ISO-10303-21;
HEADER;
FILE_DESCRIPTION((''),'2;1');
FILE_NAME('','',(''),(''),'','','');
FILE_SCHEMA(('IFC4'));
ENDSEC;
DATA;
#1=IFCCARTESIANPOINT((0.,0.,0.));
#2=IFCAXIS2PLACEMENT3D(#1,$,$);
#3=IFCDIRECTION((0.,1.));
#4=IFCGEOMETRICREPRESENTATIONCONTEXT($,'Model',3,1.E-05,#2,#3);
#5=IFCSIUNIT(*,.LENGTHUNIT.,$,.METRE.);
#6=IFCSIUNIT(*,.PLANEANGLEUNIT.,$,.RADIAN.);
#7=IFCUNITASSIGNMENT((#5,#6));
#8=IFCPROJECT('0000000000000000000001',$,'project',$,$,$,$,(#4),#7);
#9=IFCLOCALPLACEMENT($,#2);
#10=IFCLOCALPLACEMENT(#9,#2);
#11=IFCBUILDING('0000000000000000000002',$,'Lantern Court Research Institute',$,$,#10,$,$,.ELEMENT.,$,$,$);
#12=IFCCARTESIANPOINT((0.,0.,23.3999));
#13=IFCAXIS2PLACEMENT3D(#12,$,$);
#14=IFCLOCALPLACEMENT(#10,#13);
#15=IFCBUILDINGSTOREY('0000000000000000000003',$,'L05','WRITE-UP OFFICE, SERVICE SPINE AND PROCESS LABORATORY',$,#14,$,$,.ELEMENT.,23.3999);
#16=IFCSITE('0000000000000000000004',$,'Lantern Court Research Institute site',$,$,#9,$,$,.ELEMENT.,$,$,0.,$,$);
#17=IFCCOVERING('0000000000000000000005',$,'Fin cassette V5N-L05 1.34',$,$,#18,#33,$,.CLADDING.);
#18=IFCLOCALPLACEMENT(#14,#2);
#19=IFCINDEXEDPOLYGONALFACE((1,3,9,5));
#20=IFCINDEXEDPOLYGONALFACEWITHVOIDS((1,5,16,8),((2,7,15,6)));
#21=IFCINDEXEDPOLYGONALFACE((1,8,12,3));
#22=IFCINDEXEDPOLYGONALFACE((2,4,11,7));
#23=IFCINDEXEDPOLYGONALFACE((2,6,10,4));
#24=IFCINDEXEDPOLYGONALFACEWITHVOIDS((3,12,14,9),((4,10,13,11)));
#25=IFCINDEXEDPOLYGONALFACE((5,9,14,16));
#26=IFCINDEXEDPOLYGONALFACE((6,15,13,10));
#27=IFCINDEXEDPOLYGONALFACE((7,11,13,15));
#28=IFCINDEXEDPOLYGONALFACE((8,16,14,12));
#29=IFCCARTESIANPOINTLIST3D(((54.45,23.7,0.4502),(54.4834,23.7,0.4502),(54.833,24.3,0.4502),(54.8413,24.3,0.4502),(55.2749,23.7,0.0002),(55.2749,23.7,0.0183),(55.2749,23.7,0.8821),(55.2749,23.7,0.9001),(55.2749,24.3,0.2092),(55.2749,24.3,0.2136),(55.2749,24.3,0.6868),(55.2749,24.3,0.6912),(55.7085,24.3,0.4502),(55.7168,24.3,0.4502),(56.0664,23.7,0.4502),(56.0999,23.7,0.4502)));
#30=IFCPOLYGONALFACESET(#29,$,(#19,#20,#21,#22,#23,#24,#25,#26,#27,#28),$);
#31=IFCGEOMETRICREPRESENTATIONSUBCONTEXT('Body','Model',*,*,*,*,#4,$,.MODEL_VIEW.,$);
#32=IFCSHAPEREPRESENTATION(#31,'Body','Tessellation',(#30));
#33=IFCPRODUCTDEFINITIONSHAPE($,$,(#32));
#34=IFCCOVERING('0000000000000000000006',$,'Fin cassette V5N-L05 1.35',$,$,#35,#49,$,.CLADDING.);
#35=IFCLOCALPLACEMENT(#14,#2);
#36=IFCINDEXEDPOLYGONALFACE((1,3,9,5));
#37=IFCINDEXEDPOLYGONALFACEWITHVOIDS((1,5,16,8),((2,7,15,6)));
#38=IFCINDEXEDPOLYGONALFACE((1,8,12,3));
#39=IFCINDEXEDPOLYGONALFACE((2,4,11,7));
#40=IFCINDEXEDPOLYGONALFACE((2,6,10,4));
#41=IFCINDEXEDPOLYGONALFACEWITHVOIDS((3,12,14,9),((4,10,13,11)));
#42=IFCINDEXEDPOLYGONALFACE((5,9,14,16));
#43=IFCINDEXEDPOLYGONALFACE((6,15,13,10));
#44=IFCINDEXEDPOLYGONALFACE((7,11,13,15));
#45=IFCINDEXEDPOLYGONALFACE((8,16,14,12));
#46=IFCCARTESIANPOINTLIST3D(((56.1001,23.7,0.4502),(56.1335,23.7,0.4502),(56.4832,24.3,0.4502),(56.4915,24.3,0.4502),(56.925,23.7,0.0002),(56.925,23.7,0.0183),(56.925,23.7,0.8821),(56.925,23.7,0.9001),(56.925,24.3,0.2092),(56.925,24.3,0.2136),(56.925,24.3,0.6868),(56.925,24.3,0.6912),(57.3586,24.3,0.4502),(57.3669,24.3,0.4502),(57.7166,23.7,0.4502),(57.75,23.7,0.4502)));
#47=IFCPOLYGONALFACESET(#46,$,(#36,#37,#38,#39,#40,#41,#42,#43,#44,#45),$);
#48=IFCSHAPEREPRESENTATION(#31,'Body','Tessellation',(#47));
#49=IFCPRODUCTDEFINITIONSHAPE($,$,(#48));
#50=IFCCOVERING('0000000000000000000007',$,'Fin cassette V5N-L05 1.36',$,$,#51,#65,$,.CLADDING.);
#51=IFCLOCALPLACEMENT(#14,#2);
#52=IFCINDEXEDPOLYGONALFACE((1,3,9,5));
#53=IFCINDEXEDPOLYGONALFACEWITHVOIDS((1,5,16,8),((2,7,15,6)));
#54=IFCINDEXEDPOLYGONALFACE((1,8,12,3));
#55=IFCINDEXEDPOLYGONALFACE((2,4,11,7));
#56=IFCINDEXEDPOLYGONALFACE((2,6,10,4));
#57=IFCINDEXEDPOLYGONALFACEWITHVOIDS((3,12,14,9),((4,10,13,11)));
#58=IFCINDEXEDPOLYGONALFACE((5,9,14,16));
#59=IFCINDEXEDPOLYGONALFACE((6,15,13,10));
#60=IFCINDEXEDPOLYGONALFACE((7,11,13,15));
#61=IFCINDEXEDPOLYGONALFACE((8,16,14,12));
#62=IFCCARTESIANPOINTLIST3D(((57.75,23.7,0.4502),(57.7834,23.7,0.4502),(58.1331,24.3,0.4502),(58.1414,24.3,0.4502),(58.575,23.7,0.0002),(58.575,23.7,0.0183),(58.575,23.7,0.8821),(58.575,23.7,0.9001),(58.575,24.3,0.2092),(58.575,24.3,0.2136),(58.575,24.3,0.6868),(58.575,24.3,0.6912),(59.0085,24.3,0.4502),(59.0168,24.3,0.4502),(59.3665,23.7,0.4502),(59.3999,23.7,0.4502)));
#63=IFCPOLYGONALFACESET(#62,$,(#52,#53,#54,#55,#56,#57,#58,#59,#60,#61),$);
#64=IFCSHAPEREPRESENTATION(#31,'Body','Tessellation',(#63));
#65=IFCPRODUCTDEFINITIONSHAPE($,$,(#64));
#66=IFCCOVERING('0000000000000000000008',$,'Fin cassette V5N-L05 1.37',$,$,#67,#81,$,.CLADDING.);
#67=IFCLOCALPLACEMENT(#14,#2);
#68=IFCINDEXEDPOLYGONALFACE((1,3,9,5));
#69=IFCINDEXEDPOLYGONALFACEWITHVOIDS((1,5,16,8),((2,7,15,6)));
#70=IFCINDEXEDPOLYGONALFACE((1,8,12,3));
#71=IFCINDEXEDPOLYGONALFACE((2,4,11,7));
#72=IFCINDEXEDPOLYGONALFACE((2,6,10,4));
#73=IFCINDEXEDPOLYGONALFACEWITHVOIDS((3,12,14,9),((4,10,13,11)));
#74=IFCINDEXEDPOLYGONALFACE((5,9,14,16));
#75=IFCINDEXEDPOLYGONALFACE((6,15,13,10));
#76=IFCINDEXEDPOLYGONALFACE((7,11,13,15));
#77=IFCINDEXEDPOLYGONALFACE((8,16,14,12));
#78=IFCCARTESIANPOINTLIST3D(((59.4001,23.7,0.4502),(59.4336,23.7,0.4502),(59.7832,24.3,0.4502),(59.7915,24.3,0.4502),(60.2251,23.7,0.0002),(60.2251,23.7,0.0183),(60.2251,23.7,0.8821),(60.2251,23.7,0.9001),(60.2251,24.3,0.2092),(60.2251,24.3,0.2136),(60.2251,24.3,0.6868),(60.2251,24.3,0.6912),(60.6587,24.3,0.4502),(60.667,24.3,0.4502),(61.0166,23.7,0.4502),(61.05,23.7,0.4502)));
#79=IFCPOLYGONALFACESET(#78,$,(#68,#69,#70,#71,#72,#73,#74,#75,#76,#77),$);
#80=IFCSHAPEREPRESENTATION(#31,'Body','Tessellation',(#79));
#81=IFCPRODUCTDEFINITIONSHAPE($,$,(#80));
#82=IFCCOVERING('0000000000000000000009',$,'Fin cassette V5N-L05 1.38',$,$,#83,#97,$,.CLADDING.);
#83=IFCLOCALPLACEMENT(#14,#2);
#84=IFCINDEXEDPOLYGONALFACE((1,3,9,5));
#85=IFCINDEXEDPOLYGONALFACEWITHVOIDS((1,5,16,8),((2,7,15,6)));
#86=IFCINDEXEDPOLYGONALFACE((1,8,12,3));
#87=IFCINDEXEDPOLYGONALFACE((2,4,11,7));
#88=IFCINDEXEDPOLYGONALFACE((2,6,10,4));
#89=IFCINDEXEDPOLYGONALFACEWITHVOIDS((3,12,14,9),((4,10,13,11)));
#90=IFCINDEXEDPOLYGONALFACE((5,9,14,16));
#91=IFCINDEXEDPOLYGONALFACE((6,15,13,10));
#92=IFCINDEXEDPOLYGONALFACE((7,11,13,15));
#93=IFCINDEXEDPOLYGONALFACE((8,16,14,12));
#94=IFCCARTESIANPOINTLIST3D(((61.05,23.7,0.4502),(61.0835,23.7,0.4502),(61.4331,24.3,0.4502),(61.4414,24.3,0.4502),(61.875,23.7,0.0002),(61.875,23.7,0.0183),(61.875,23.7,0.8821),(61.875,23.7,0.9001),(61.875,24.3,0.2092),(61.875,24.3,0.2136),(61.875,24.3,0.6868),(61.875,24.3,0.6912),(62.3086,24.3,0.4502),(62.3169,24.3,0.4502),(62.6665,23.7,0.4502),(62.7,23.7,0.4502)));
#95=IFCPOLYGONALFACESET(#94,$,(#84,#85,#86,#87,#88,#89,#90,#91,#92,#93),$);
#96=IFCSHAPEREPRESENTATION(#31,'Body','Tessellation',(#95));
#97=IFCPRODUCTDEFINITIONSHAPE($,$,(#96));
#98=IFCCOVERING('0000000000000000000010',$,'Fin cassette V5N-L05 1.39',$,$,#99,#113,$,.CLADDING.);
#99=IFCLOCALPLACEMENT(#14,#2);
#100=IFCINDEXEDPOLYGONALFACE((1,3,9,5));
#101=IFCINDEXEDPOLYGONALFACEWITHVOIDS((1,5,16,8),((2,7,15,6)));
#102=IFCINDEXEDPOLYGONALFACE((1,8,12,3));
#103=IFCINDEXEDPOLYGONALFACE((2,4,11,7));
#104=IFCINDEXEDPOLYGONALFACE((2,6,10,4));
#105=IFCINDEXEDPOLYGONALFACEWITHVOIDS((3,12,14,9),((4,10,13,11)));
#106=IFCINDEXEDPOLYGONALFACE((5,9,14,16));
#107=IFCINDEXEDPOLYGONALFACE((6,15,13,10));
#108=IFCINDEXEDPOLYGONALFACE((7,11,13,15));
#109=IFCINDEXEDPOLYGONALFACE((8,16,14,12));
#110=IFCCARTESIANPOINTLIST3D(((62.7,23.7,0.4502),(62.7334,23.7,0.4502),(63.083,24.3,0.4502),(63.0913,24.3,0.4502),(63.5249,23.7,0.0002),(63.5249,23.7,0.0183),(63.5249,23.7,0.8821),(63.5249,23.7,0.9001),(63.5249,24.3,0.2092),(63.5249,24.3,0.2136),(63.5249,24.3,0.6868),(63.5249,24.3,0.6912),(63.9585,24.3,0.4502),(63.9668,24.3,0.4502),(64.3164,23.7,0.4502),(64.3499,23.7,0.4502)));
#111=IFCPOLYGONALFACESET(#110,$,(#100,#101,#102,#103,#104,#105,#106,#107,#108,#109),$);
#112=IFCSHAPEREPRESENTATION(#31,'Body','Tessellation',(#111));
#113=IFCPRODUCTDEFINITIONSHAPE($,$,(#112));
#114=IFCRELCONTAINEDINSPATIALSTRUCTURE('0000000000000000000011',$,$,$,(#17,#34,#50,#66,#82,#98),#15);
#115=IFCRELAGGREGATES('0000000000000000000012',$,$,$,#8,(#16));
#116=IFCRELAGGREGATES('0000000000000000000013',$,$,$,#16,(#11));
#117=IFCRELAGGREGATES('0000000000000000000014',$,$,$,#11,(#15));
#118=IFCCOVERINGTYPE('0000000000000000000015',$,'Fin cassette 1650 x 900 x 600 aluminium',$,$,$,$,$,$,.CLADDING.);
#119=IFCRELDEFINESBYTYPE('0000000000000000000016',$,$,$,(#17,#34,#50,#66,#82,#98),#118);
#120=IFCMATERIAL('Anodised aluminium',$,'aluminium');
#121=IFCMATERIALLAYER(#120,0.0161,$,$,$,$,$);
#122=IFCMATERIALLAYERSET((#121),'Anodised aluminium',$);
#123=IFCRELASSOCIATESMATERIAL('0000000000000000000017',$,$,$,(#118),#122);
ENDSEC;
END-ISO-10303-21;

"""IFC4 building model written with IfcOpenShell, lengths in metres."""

from ifc_helpers import new_model, entity, si_unit, direction, frame, origin, place, context, subcontext, project, spatial, material, layer, layer_set, type_object, element, save


model = new_model("IFC4")

# Units and contexts
model_context = context("Model", 3, precision=1e-05, world=origin(), true_north=direction((0.0, 1.0)))
body_context = subcontext(model_context, "Body", "Model", "MODEL_VIEW")
ifc_project = project(units=[si_unit("LENGTHUNIT", "METRE"), si_unit("PLANEANGLEUNIT", "RADIAN")], contexts=[model_context])

# Site, building, storey
site_placement = place(None, origin())
site = spatial("IfcSite", under=ifc_project, at=site_placement, Name="Lantern Court Research Institute site", CompositionType="ELEMENT", RefElevation=0.0)
building_placement = place(site_placement, origin())
building = spatial("IfcBuilding", under=site, at=building_placement, Name="Lantern Court Research Institute", CompositionType="ELEMENT")
storey_placement = place(building_placement, frame((0.0, 0.0, 23.3999)))
storey = spatial("IfcBuildingStorey", under=building, at=storey_placement, Name="L05", Description="WRITE-UP OFFICE, SERVICE SPINE AND PROCESS LABORATORY", CompositionType="ELEMENT", Elevation=23.3999)

# Coverings
ifc_material = material(Name="Anodised aluminium", Category="aluminium")
ifc_layer = layer(ifc_material, 0.0161)
ifc_layer_set = layer_set([ifc_layer], Name="Anodised aluminium")
covering_type = type_object("IfcCoveringType", Name="Fin cassette 1650 x 900 x 600 aluminium", PredefinedType="CLADDING", material=ifc_layer_set)
covering_1_placement = place(storey_placement, frame((55.2749, 23.7, 0.4502), z_axis=(0.0, 1.0, 0.0), x_axis=(-1.0, 0.0, 0.0)))
cartesian_point_1 = entity("IfcCartesianPoint", [0.825, 0.0])
cartesian_point_2 = entity("IfcCartesianPoint", [0.7915, 0.0])
cartesian_point_3 = entity("IfcCartesianPoint", [0.4419, 0.0])
cartesian_point_4 = entity("IfcCartesianPoint", [0.4336, 0.0])
element("IfcCovering", 1, at=covering_1_placement, inside=storey, type_object=covering_type, Name="Fin cassette V5N-L05 1.34", PredefinedType="CLADDING", context=body_context, shape_type="SweptSolid", body=[
    entity("IfcExtrudedAreaSolidTapered", entity("IfcArbitraryProfileDefWithVoids", "AREA", None, entity("IfcPolyline", [cartesian_point_1, entity("IfcCartesianPoint", [0.0, 0.45]), entity("IfcCartesianPoint", [-0.825, 0.0]), entity("IfcCartesianPoint", [0.0, -0.45]), cartesian_point_1]), [entity("IfcPolyline", [cartesian_point_2, entity("IfcCartesianPoint", [0.0, 0.4319]), entity("IfcCartesianPoint", [-0.7915, 0.0]), entity("IfcCartesianPoint", [0.0, -0.4319]), cartesian_point_2])]), entity("IfcAxis2Placement3D", entity("IfcCartesianPoint", [0.0, 0.0, 0.0])), entity("IfcDirection", [0.0, 0.0, 1.0]), 0.6001, entity("IfcArbitraryProfileDefWithVoids", "AREA", None, entity("IfcPolyline", [cartesian_point_3, entity("IfcCartesianPoint", [0.0, 0.241]), entity("IfcCartesianPoint", [-0.4419, 0.0]), entity("IfcCartesianPoint", [0.0, -0.241]), cartesian_point_3]), [entity("IfcPolyline", [cartesian_point_4, entity("IfcCartesianPoint", [0.0, 0.2366]), entity("IfcCartesianPoint", [-0.4336, 0.0]), entity("IfcCartesianPoint", [0.0, -0.2366]), cartesian_point_4])])),
])
covering_2_placement = place(storey_placement, frame((56.925, 23.7, 0.4502), z_axis=(0.0, 1.0, 0.0), x_axis=(-1.0, 0.0, 0.0)))
cartesian_point_5 = entity("IfcCartesianPoint", [0.825, 0.0])
cartesian_point_6 = entity("IfcCartesianPoint", [0.7915, 0.0])
cartesian_point_7 = entity("IfcCartesianPoint", [0.4419, 0.0])
cartesian_point_8 = entity("IfcCartesianPoint", [0.4336, 0.0])
element("IfcCovering", 2, at=covering_2_placement, inside=storey, type_object=covering_type, Name="Fin cassette V5N-L05 1.35", PredefinedType="CLADDING", context=body_context, shape_type="SweptSolid", body=[
    entity("IfcExtrudedAreaSolidTapered", entity("IfcArbitraryProfileDefWithVoids", "AREA", None, entity("IfcPolyline", [cartesian_point_5, entity("IfcCartesianPoint", [0.0, 0.45]), entity("IfcCartesianPoint", [-0.825, 0.0]), entity("IfcCartesianPoint", [0.0, -0.45]), cartesian_point_5]), [entity("IfcPolyline", [cartesian_point_6, entity("IfcCartesianPoint", [0.0, 0.4319]), entity("IfcCartesianPoint", [-0.7915, 0.0]), entity("IfcCartesianPoint", [0.0, -0.4319]), cartesian_point_6])]), entity("IfcAxis2Placement3D", entity("IfcCartesianPoint", [0.0, 0.0, 0.0])), entity("IfcDirection", [0.0, 0.0, 1.0]), 0.6001, entity("IfcArbitraryProfileDefWithVoids", "AREA", None, entity("IfcPolyline", [cartesian_point_7, entity("IfcCartesianPoint", [0.0, 0.241]), entity("IfcCartesianPoint", [-0.4419, 0.0]), entity("IfcCartesianPoint", [0.0, -0.241]), cartesian_point_7]), [entity("IfcPolyline", [cartesian_point_8, entity("IfcCartesianPoint", [0.0, 0.2366]), entity("IfcCartesianPoint", [-0.4336, 0.0]), entity("IfcCartesianPoint", [0.0, -0.2366]), cartesian_point_8])])),
])
covering_3_placement = place(storey_placement, frame((58.575, 23.7, 0.4502), z_axis=(0.0, 1.0, 0.0), x_axis=(-1.0, 0.0, 0.0)))
cartesian_point_9 = entity("IfcCartesianPoint", [0.825, 0.0])
cartesian_point_10 = entity("IfcCartesianPoint", [0.7915, 0.0])
cartesian_point_11 = entity("IfcCartesianPoint", [0.4419, 0.0])
cartesian_point_12 = entity("IfcCartesianPoint", [0.4336, 0.0])
element("IfcCovering", 3, at=covering_3_placement, inside=storey, type_object=covering_type, Name="Fin cassette V5N-L05 1.36", PredefinedType="CLADDING", context=body_context, shape_type="SweptSolid", body=[
    entity("IfcExtrudedAreaSolidTapered", entity("IfcArbitraryProfileDefWithVoids", "AREA", None, entity("IfcPolyline", [cartesian_point_9, entity("IfcCartesianPoint", [0.0, 0.45]), entity("IfcCartesianPoint", [-0.825, 0.0]), entity("IfcCartesianPoint", [0.0, -0.45]), cartesian_point_9]), [entity("IfcPolyline", [cartesian_point_10, entity("IfcCartesianPoint", [0.0, 0.4319]), entity("IfcCartesianPoint", [-0.7915, 0.0]), entity("IfcCartesianPoint", [0.0, -0.4319]), cartesian_point_10])]), entity("IfcAxis2Placement3D", entity("IfcCartesianPoint", [0.0, 0.0, 0.0])), entity("IfcDirection", [0.0, 0.0, 1.0]), 0.6001, entity("IfcArbitraryProfileDefWithVoids", "AREA", None, entity("IfcPolyline", [cartesian_point_11, entity("IfcCartesianPoint", [0.0, 0.241]), entity("IfcCartesianPoint", [-0.4419, 0.0]), entity("IfcCartesianPoint", [0.0, -0.241]), cartesian_point_11]), [entity("IfcPolyline", [cartesian_point_12, entity("IfcCartesianPoint", [0.0, 0.2366]), entity("IfcCartesianPoint", [-0.4336, 0.0]), entity("IfcCartesianPoint", [0.0, -0.2366]), cartesian_point_12])])),
])
covering_4_placement = place(storey_placement, frame((60.2251, 23.7, 0.4502), z_axis=(0.0, 1.0, 0.0), x_axis=(-1.0, 0.0, 0.0)))
cartesian_point_13 = entity("IfcCartesianPoint", [0.825, 0.0])
cartesian_point_14 = entity("IfcCartesianPoint", [0.7915, 0.0])
cartesian_point_15 = entity("IfcCartesianPoint", [0.4419, 0.0])
cartesian_point_16 = entity("IfcCartesianPoint", [0.4336, 0.0])
element("IfcCovering", 4, at=covering_4_placement, inside=storey, type_object=covering_type, Name="Fin cassette V5N-L05 1.37", PredefinedType="CLADDING", context=body_context, shape_type="SweptSolid", body=[
    entity("IfcExtrudedAreaSolidTapered", entity("IfcArbitraryProfileDefWithVoids", "AREA", None, entity("IfcPolyline", [cartesian_point_13, entity("IfcCartesianPoint", [0.0, 0.45]), entity("IfcCartesianPoint", [-0.825, 0.0]), entity("IfcCartesianPoint", [0.0, -0.45]), cartesian_point_13]), [entity("IfcPolyline", [cartesian_point_14, entity("IfcCartesianPoint", [0.0, 0.4319]), entity("IfcCartesianPoint", [-0.7915, 0.0]), entity("IfcCartesianPoint", [0.0, -0.4319]), cartesian_point_14])]), entity("IfcAxis2Placement3D", entity("IfcCartesianPoint", [0.0, 0.0, 0.0])), entity("IfcDirection", [0.0, 0.0, 1.0]), 0.6001, entity("IfcArbitraryProfileDefWithVoids", "AREA", None, entity("IfcPolyline", [cartesian_point_15, entity("IfcCartesianPoint", [0.0, 0.241]), entity("IfcCartesianPoint", [-0.4419, 0.0]), entity("IfcCartesianPoint", [0.0, -0.241]), cartesian_point_15]), [entity("IfcPolyline", [cartesian_point_16, entity("IfcCartesianPoint", [0.0, 0.2366]), entity("IfcCartesianPoint", [-0.4336, 0.0]), entity("IfcCartesianPoint", [0.0, -0.2366]), cartesian_point_16])])),
])
covering_5_placement = place(storey_placement, frame((61.875, 23.7, 0.4502), z_axis=(0.0, 1.0, 0.0), x_axis=(-1.0, 0.0, 0.0)))
cartesian_point_17 = entity("IfcCartesianPoint", [0.825, 0.0])
cartesian_point_18 = entity("IfcCartesianPoint", [0.7915, 0.0])
cartesian_point_19 = entity("IfcCartesianPoint", [0.4419, 0.0])
cartesian_point_20 = entity("IfcCartesianPoint", [0.4336, 0.0])
element("IfcCovering", 5, at=covering_5_placement, inside=storey, type_object=covering_type, Name="Fin cassette V5N-L05 1.38", PredefinedType="CLADDING", context=body_context, shape_type="SweptSolid", body=[
    entity("IfcExtrudedAreaSolidTapered", entity("IfcArbitraryProfileDefWithVoids", "AREA", None, entity("IfcPolyline", [cartesian_point_17, entity("IfcCartesianPoint", [0.0, 0.45]), entity("IfcCartesianPoint", [-0.825, 0.0]), entity("IfcCartesianPoint", [0.0, -0.45]), cartesian_point_17]), [entity("IfcPolyline", [cartesian_point_18, entity("IfcCartesianPoint", [0.0, 0.4319]), entity("IfcCartesianPoint", [-0.7915, 0.0]), entity("IfcCartesianPoint", [0.0, -0.4319]), cartesian_point_18])]), entity("IfcAxis2Placement3D", entity("IfcCartesianPoint", [0.0, 0.0, 0.0])), entity("IfcDirection", [0.0, 0.0, 1.0]), 0.6001, entity("IfcArbitraryProfileDefWithVoids", "AREA", None, entity("IfcPolyline", [cartesian_point_19, entity("IfcCartesianPoint", [0.0, 0.241]), entity("IfcCartesianPoint", [-0.4419, 0.0]), entity("IfcCartesianPoint", [0.0, -0.241]), cartesian_point_19]), [entity("IfcPolyline", [cartesian_point_20, entity("IfcCartesianPoint", [0.0, 0.2366]), entity("IfcCartesianPoint", [-0.4336, 0.0]), entity("IfcCartesianPoint", [0.0, -0.2366]), cartesian_point_20])])),
])
covering_6_placement = place(storey_placement, frame((63.5249, 23.7, 0.4502), z_axis=(0.0, 1.0, 0.0), x_axis=(-1.0, 0.0, 0.0)))
cartesian_point_21 = entity("IfcCartesianPoint", [0.825, 0.0])
cartesian_point_22 = entity("IfcCartesianPoint", [0.7915, 0.0])
cartesian_point_23 = entity("IfcCartesianPoint", [0.4419, 0.0])
cartesian_point_24 = entity("IfcCartesianPoint", [0.4336, 0.0])
element("IfcCovering", 6, at=covering_6_placement, inside=storey, type_object=covering_type, Name="Fin cassette V5N-L05 1.39", PredefinedType="CLADDING", context=body_context, shape_type="SweptSolid", body=[
    entity("IfcExtrudedAreaSolidTapered", entity("IfcArbitraryProfileDefWithVoids", "AREA", None, entity("IfcPolyline", [cartesian_point_21, entity("IfcCartesianPoint", [0.0, 0.45]), entity("IfcCartesianPoint", [-0.825, 0.0]), entity("IfcCartesianPoint", [0.0, -0.45]), cartesian_point_21]), [entity("IfcPolyline", [cartesian_point_22, entity("IfcCartesianPoint", [0.0, 0.4319]), entity("IfcCartesianPoint", [-0.7915, 0.0]), entity("IfcCartesianPoint", [0.0, -0.4319]), cartesian_point_22])]), entity("IfcAxis2Placement3D", entity("IfcCartesianPoint", [0.0, 0.0, 0.0])), entity("IfcDirection", [0.0, 0.0, 1.0]), 0.6001, entity("IfcArbitraryProfileDefWithVoids", "AREA", None, entity("IfcPolyline", [cartesian_point_23, entity("IfcCartesianPoint", [0.0, 0.241]), entity("IfcCartesianPoint", [-0.4419, 0.0]), entity("IfcCartesianPoint", [0.0, -0.241]), cartesian_point_23]), [entity("IfcPolyline", [cartesian_point_24, entity("IfcCartesianPoint", [0.0, 0.2366]), entity("IfcCartesianPoint", [-0.4336, 0.0]), entity("IfcCartesianPoint", [0.0, -0.2366]), cartesian_point_24])])),
])

save(model, "model.ifc")
